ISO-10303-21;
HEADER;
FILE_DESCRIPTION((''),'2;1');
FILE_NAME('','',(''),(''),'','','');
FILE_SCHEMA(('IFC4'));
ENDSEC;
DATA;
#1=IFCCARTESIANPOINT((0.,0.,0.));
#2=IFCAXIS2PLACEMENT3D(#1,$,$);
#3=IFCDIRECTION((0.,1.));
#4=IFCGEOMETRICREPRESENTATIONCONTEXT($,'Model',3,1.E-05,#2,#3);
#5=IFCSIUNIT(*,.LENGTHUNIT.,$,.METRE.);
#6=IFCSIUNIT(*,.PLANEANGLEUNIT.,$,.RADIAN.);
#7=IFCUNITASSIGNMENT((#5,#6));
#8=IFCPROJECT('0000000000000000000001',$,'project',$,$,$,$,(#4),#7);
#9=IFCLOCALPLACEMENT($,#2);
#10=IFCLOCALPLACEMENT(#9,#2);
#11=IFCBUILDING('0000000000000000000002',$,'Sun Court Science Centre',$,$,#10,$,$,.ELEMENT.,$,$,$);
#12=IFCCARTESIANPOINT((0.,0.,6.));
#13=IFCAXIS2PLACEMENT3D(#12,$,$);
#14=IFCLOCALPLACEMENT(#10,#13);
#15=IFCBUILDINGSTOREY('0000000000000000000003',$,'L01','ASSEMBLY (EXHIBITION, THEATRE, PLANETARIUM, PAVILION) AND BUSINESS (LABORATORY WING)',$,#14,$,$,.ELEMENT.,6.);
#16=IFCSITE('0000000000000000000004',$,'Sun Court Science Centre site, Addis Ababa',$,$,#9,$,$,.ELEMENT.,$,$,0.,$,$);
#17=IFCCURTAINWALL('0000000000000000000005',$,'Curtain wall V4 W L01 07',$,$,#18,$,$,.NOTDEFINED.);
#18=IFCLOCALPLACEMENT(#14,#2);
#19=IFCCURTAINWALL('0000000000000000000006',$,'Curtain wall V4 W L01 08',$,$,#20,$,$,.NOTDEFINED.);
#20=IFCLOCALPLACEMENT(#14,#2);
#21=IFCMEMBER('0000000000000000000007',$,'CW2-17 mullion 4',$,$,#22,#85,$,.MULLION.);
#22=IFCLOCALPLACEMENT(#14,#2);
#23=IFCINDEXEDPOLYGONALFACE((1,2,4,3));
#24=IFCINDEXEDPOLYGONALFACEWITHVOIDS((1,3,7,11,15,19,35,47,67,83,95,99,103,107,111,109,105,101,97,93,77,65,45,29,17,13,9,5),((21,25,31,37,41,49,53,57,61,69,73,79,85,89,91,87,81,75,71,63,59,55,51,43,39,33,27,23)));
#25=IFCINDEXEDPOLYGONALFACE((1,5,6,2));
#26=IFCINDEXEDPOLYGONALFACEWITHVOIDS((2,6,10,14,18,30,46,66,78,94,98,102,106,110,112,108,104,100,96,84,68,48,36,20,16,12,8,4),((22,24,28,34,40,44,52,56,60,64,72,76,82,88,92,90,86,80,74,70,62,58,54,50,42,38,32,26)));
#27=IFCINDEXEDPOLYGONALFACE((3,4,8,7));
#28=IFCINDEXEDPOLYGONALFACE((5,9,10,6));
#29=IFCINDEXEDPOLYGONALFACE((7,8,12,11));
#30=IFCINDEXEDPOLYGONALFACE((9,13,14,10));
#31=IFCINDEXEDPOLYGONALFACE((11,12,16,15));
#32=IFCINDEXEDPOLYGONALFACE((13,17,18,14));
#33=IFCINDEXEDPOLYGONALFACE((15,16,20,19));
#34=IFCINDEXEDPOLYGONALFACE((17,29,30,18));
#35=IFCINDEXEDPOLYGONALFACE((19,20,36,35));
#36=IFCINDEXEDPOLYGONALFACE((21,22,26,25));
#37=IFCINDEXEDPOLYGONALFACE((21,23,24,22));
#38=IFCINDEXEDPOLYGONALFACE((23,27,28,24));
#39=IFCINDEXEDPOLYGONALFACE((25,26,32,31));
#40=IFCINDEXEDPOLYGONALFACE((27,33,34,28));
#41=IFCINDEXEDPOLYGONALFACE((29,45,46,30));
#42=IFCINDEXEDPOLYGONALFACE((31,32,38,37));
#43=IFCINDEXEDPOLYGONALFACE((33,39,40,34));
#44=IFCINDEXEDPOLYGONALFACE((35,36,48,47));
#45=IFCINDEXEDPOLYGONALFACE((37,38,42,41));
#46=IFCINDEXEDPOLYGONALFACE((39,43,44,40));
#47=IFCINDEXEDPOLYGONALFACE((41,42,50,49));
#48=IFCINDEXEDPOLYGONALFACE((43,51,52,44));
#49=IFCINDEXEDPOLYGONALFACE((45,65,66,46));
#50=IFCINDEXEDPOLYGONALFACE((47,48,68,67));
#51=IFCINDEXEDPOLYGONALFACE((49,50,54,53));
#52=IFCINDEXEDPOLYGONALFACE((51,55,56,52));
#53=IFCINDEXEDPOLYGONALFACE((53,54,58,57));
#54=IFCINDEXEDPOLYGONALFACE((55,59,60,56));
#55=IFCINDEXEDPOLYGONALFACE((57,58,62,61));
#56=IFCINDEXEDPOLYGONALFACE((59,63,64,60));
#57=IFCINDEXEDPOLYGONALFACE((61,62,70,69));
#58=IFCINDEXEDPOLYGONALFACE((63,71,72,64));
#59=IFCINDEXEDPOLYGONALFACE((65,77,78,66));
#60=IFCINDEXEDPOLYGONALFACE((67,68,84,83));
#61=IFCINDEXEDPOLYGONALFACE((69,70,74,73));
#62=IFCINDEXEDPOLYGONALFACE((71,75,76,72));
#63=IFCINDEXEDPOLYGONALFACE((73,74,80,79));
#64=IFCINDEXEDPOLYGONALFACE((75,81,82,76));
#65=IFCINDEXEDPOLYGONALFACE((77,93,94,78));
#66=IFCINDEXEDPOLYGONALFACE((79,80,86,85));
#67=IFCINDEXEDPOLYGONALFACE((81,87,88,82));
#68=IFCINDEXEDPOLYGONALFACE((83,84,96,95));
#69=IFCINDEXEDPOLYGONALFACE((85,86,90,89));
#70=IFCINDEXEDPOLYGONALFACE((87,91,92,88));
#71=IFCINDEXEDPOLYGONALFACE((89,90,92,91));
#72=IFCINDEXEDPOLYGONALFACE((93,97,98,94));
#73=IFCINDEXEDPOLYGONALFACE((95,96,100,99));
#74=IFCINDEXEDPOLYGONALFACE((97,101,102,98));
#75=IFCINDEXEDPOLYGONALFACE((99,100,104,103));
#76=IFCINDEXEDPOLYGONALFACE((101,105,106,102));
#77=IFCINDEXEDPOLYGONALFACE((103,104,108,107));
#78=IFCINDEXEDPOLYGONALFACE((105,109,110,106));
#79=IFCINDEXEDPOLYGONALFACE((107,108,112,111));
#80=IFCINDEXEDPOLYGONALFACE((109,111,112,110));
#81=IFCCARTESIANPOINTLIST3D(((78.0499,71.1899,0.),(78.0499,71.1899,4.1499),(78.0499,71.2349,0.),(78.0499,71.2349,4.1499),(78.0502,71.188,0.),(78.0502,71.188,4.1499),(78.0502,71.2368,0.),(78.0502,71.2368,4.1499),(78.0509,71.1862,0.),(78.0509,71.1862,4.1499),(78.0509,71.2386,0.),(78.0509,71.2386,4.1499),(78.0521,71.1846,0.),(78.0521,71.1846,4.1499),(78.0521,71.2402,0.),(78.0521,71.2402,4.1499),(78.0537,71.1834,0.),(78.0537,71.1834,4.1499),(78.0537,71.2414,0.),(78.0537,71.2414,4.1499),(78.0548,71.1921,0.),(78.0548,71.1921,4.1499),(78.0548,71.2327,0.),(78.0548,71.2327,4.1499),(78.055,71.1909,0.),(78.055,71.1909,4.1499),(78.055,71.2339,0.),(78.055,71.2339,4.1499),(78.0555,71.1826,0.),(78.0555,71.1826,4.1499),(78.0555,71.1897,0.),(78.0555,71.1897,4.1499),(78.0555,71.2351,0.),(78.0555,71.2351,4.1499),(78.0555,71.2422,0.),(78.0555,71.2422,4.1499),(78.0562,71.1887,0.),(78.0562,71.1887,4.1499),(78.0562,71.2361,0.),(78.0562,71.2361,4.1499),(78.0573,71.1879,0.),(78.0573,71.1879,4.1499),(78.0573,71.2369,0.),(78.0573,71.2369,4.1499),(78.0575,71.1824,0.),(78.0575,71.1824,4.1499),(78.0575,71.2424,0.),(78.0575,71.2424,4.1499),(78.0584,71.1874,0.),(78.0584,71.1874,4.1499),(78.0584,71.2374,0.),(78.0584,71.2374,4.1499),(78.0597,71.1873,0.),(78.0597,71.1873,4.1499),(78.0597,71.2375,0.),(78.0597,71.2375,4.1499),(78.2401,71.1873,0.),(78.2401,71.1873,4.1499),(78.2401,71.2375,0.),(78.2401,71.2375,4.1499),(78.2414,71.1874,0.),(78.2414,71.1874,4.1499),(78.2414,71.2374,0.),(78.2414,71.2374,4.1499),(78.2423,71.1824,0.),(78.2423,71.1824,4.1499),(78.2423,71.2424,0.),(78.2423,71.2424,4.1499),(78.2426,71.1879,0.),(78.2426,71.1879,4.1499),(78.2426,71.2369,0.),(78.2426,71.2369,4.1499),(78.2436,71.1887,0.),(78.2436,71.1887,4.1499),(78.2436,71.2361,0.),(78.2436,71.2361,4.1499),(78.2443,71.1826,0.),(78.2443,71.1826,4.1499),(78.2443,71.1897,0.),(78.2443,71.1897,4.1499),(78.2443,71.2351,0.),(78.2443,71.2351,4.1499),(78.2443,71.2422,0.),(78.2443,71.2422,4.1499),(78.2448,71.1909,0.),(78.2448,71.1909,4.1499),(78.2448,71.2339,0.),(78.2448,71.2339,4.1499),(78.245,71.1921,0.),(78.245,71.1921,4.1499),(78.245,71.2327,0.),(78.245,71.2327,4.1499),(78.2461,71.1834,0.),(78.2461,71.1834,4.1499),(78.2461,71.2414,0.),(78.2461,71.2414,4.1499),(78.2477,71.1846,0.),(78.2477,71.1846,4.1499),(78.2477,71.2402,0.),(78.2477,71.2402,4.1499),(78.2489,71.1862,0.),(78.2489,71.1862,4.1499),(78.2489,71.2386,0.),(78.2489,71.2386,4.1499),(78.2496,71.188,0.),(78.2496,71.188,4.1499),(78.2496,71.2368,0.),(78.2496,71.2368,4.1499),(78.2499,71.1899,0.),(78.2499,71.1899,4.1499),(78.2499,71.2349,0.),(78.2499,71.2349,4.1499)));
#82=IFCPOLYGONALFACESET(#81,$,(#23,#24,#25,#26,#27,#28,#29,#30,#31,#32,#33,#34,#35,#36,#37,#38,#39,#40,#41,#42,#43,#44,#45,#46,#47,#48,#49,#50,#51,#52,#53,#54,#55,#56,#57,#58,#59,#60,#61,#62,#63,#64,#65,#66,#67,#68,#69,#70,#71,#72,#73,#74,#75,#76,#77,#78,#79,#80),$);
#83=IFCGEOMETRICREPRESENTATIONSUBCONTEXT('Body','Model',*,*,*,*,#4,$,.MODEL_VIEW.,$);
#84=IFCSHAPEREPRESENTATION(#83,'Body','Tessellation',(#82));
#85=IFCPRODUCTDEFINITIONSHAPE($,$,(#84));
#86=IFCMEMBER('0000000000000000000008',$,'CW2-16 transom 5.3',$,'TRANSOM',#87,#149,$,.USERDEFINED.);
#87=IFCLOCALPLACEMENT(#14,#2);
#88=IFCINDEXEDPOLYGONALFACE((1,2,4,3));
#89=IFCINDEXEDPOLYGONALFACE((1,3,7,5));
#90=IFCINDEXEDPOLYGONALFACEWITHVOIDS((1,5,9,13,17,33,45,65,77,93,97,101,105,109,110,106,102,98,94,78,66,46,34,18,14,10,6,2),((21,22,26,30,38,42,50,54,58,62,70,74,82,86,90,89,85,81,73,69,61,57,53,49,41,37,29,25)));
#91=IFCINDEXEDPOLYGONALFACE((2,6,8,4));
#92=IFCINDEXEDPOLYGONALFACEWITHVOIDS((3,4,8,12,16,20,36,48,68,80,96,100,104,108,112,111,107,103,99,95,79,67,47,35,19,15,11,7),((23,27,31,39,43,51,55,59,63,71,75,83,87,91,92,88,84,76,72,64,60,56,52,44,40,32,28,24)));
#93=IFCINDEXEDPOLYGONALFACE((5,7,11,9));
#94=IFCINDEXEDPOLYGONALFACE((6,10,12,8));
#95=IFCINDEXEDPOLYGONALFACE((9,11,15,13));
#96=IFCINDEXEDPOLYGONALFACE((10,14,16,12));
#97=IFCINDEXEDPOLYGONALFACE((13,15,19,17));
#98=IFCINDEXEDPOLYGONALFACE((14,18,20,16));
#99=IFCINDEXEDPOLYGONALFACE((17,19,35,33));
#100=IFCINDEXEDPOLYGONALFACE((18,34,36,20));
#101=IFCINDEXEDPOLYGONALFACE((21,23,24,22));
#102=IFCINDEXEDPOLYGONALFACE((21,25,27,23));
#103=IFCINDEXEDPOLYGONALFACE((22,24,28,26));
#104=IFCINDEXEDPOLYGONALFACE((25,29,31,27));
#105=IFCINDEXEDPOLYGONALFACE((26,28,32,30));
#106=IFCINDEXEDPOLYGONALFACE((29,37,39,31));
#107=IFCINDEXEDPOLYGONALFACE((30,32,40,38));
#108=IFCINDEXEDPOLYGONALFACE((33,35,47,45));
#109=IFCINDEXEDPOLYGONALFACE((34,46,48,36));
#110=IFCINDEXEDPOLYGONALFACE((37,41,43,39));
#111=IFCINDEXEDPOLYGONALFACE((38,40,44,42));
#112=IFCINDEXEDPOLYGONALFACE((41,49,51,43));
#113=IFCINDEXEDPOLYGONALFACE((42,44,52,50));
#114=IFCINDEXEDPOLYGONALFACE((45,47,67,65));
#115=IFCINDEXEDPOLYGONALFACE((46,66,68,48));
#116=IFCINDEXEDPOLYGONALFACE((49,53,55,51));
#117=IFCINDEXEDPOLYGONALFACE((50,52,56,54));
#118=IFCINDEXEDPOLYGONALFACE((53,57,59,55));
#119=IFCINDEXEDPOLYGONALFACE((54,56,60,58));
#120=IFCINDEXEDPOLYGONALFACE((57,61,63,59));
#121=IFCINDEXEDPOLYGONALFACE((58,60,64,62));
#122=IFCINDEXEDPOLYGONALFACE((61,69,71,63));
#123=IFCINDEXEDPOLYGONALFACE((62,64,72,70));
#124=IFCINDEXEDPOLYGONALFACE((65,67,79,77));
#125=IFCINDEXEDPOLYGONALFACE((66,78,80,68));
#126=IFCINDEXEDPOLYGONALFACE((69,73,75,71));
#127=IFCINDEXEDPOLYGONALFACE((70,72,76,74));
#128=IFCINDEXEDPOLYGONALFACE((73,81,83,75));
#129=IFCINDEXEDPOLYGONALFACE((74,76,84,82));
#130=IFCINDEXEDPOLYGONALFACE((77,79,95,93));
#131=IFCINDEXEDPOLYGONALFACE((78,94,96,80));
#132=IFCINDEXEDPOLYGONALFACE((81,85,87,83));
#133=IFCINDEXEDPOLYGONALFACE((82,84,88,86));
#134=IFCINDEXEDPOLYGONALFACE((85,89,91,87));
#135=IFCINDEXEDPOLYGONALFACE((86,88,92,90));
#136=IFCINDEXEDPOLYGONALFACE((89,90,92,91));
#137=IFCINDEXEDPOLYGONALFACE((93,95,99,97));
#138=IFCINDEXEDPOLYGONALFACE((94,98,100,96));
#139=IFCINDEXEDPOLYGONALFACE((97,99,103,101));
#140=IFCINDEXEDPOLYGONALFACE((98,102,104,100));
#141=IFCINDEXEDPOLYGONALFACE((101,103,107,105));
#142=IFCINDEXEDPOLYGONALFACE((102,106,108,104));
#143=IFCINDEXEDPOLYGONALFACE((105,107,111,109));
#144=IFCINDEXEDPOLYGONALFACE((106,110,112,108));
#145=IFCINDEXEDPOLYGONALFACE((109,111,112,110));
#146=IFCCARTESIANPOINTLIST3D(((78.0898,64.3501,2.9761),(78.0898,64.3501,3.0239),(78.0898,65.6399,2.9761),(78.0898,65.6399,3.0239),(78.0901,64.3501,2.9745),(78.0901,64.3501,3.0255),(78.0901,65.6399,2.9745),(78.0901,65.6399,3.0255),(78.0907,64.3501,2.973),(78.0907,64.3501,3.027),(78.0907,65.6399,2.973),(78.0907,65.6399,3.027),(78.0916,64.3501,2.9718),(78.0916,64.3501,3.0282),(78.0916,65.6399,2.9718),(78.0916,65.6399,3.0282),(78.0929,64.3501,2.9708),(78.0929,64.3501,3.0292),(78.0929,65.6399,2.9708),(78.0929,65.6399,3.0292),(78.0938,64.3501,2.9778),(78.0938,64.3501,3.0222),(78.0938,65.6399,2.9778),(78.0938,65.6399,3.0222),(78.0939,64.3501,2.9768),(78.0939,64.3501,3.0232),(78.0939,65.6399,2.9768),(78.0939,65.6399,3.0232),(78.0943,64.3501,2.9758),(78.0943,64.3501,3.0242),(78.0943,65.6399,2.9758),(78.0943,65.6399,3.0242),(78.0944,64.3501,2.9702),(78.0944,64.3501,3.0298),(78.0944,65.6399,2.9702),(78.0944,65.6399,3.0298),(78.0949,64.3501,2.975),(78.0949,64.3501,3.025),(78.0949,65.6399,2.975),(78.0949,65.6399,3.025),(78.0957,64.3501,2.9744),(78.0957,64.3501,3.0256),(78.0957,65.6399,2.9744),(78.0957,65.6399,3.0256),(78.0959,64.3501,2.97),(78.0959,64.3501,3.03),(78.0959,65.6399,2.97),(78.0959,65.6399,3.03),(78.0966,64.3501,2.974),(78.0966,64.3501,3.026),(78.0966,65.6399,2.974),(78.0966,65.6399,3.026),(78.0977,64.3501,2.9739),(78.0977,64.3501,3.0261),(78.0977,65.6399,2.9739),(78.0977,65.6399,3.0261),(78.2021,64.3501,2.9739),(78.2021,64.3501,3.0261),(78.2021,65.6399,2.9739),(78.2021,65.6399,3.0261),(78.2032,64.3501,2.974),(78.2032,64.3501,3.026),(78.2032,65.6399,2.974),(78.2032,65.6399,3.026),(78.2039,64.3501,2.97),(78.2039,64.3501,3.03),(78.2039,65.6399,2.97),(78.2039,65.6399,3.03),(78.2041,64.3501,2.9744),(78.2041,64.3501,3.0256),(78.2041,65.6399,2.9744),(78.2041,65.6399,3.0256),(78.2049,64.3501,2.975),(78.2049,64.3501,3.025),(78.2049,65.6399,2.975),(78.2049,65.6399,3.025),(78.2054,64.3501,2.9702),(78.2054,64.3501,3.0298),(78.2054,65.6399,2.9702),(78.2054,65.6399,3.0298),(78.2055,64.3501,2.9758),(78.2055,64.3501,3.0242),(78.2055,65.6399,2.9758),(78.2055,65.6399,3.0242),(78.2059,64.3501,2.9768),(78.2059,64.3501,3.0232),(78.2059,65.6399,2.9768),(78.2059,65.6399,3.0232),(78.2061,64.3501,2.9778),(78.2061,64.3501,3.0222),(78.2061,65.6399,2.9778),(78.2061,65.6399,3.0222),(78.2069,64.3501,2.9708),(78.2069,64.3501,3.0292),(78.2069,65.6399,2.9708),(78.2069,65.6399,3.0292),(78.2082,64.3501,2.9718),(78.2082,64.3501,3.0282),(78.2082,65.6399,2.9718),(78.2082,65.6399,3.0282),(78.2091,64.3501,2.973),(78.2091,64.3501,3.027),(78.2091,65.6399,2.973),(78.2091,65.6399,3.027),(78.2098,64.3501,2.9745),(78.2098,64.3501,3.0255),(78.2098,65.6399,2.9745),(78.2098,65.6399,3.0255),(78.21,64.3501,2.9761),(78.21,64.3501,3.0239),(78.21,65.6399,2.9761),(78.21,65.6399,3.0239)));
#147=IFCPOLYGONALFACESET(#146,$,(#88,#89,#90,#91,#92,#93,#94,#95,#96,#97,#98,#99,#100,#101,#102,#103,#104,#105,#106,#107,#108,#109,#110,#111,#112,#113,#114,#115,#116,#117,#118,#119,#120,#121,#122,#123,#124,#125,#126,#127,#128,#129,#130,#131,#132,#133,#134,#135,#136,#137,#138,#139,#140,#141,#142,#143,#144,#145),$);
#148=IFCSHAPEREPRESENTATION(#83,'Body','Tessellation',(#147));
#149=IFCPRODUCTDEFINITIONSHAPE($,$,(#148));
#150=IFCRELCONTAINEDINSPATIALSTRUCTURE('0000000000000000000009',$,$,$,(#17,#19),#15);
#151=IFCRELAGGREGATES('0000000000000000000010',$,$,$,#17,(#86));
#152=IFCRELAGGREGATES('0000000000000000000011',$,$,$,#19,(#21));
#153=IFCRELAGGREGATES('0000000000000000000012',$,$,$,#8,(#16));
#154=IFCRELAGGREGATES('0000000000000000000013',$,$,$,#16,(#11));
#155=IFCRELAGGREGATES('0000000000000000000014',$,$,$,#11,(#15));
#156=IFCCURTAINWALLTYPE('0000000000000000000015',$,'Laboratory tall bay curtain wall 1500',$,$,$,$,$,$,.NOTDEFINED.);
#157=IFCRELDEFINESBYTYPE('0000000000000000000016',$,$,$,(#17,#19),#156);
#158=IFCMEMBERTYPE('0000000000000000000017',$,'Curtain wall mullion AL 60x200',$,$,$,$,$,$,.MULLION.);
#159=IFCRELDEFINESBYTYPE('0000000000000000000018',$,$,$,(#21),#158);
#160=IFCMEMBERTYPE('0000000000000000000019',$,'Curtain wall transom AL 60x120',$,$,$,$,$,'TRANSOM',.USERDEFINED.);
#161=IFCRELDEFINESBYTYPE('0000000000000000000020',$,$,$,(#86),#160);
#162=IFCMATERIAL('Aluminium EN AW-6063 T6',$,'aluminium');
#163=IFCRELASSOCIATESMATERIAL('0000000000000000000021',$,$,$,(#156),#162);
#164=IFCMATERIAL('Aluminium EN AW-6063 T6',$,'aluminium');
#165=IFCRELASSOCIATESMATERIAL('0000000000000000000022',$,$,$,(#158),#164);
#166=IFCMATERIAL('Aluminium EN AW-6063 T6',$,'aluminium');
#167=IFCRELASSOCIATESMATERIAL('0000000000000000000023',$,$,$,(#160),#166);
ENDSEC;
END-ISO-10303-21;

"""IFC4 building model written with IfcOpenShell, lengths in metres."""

from ifc_helpers import new_model, si_unit, direction, frame, origin, origin_2d, place, context, subcontext, project, spatial, hollow_rectangle, extrude, material, material_profile, profile_set, type_object, element, aggregate, save


model = new_model("IFC4")

# Units and contexts
model_context = context("Model", 3, precision=1e-05, world=origin(), true_north=direction((0.0, 1.0)))
body_context = subcontext(model_context, "Body", "Model", "MODEL_VIEW")
ifc_project = project(units=[si_unit("LENGTHUNIT", "METRE"), si_unit("PLANEANGLEUNIT", "RADIAN")], contexts=[model_context])

# Site, building, storey
site_placement = place(None, origin())
site = spatial("IfcSite", under=ifc_project, at=site_placement, Name="Sun Court Science Centre site, Addis Ababa", CompositionType="ELEMENT", RefElevation=0.0)
building_placement = place(site_placement, origin())
building = spatial("IfcBuilding", under=site, at=building_placement, Name="Sun Court Science Centre", CompositionType="ELEMENT")
storey_placement = place(building_placement, frame((0.0, 0.0, 6.0)))
storey = spatial("IfcBuildingStorey", under=building, at=storey_placement, Name="L01", Description="ASSEMBLY (EXHIBITION, THEATRE, PLANETARIUM, PAVILION) AND BUSINESS (LABORATORY WING)", CompositionType="ELEMENT", Elevation=6.0)

# Curtain wall
ifc_material_1 = material(Name="Aluminium EN AW-6063 T6", Category="aluminium")
curtain_wall_type = type_object("IfcCurtainWallType", Name="Laboratory tall bay curtain wall 1500", PredefinedType="NOTDEFINED", material=ifc_material_1)
curtain_wall_1_placement = place(storey_placement, origin())
curtain_wall_1 = element("IfcCurtainWall", 1, at=curtain_wall_1_placement, inside=storey, type_object=curtain_wall_type, Name="Curtain wall V4 W L01 07", PredefinedType="NOTDEFINED")
ifc_material_2 = material(Name="Aluminium EN AW-6063 T6", Category="aluminium")
ifc_material_profile_1 = material_profile(ifc_material_2, hollow_rectangle(XDim=0.0601, YDim=0.2, WallThickness=0.0049, InnerFilletRadius=0.0049, OuterFilletRadius=0.0076, at=origin_2d()), Name="AL 60x200x5")
ifc_profile_set_1 = profile_set([ifc_material_profile_1], Name="Aluminium EN AW-6063 T6")
member_type_1 = type_object("IfcMemberType", Name="Curtain wall mullion AL 60x200", PredefinedType="MULLION", material=ifc_profile_set_1)

# Curtain wall, member
curtain_wall_2_placement = place(storey_placement, origin())
curtain_wall_2 = element("IfcCurtainWall", 2, at=curtain_wall_2_placement, inside=storey, type_object=curtain_wall_type, Name="Curtain wall V4 W L01 08", PredefinedType="NOTDEFINED")
member_1_placement = place(storey_placement, frame((78.1499, 71.2124, 0.0), z_axis=(0.0, 0.0, 1.0), x_axis=(0.0, 1.0, 0.0)))
member_1 = element("IfcMember", 3, at=member_1_placement, type_object=member_type_1, Name="CW2-17 mullion 4", PredefinedType="MULLION", context=body_context, shape_type="SweptSolid", body=[
    extrude(hollow_rectangle(XDim=0.0601, YDim=0.2, WallThickness=0.0049, InnerFilletRadius=0.0049, OuterFilletRadius=0.0076, at=origin_2d()), origin(), (0.0, 0.0, 1.0), 4.1499),
])

# Member
ifc_material_3 = material(Name="Aluminium EN AW-6063 T6", Category="aluminium")
ifc_material_profile_2 = material_profile(ifc_material_3, hollow_rectangle(XDim=0.0601, YDim=0.1201, WallThickness=0.0039, InnerFilletRadius=0.0039, OuterFilletRadius=0.0061, at=origin_2d()), Name="AL 60x120x4")
ifc_profile_set_2 = profile_set([ifc_material_profile_2], Name="Aluminium EN AW-6063 T6")
member_type_2 = type_object("IfcMemberType", Name="Curtain wall transom AL 60x120", ElementType="TRANSOM", PredefinedType="USERDEFINED", material=ifc_profile_set_2)
member_2_placement = place(storey_placement, frame((78.1499, 64.3501, 3.0), z_axis=(0.0, 1.0, 0.0), x_axis=(0.0, 0.0, 1.0)))
member_2 = element("IfcMember", 4, at=member_2_placement, type_object=member_type_2, Name="CW2-16 transom 5.3", ObjectType="TRANSOM", PredefinedType="USERDEFINED", context=body_context, shape_type="SweptSolid", body=[
    extrude(hollow_rectangle(XDim=0.0601, YDim=0.1201, WallThickness=0.0039, InnerFilletRadius=0.0039, OuterFilletRadius=0.0061, at=origin_2d()), origin(), (0.0, 0.0, 1.0), 1.2898),
])

aggregate(curtain_wall_1, [member_2])
aggregate(curtain_wall_2, [member_1])

save(model, "model.ifc")
